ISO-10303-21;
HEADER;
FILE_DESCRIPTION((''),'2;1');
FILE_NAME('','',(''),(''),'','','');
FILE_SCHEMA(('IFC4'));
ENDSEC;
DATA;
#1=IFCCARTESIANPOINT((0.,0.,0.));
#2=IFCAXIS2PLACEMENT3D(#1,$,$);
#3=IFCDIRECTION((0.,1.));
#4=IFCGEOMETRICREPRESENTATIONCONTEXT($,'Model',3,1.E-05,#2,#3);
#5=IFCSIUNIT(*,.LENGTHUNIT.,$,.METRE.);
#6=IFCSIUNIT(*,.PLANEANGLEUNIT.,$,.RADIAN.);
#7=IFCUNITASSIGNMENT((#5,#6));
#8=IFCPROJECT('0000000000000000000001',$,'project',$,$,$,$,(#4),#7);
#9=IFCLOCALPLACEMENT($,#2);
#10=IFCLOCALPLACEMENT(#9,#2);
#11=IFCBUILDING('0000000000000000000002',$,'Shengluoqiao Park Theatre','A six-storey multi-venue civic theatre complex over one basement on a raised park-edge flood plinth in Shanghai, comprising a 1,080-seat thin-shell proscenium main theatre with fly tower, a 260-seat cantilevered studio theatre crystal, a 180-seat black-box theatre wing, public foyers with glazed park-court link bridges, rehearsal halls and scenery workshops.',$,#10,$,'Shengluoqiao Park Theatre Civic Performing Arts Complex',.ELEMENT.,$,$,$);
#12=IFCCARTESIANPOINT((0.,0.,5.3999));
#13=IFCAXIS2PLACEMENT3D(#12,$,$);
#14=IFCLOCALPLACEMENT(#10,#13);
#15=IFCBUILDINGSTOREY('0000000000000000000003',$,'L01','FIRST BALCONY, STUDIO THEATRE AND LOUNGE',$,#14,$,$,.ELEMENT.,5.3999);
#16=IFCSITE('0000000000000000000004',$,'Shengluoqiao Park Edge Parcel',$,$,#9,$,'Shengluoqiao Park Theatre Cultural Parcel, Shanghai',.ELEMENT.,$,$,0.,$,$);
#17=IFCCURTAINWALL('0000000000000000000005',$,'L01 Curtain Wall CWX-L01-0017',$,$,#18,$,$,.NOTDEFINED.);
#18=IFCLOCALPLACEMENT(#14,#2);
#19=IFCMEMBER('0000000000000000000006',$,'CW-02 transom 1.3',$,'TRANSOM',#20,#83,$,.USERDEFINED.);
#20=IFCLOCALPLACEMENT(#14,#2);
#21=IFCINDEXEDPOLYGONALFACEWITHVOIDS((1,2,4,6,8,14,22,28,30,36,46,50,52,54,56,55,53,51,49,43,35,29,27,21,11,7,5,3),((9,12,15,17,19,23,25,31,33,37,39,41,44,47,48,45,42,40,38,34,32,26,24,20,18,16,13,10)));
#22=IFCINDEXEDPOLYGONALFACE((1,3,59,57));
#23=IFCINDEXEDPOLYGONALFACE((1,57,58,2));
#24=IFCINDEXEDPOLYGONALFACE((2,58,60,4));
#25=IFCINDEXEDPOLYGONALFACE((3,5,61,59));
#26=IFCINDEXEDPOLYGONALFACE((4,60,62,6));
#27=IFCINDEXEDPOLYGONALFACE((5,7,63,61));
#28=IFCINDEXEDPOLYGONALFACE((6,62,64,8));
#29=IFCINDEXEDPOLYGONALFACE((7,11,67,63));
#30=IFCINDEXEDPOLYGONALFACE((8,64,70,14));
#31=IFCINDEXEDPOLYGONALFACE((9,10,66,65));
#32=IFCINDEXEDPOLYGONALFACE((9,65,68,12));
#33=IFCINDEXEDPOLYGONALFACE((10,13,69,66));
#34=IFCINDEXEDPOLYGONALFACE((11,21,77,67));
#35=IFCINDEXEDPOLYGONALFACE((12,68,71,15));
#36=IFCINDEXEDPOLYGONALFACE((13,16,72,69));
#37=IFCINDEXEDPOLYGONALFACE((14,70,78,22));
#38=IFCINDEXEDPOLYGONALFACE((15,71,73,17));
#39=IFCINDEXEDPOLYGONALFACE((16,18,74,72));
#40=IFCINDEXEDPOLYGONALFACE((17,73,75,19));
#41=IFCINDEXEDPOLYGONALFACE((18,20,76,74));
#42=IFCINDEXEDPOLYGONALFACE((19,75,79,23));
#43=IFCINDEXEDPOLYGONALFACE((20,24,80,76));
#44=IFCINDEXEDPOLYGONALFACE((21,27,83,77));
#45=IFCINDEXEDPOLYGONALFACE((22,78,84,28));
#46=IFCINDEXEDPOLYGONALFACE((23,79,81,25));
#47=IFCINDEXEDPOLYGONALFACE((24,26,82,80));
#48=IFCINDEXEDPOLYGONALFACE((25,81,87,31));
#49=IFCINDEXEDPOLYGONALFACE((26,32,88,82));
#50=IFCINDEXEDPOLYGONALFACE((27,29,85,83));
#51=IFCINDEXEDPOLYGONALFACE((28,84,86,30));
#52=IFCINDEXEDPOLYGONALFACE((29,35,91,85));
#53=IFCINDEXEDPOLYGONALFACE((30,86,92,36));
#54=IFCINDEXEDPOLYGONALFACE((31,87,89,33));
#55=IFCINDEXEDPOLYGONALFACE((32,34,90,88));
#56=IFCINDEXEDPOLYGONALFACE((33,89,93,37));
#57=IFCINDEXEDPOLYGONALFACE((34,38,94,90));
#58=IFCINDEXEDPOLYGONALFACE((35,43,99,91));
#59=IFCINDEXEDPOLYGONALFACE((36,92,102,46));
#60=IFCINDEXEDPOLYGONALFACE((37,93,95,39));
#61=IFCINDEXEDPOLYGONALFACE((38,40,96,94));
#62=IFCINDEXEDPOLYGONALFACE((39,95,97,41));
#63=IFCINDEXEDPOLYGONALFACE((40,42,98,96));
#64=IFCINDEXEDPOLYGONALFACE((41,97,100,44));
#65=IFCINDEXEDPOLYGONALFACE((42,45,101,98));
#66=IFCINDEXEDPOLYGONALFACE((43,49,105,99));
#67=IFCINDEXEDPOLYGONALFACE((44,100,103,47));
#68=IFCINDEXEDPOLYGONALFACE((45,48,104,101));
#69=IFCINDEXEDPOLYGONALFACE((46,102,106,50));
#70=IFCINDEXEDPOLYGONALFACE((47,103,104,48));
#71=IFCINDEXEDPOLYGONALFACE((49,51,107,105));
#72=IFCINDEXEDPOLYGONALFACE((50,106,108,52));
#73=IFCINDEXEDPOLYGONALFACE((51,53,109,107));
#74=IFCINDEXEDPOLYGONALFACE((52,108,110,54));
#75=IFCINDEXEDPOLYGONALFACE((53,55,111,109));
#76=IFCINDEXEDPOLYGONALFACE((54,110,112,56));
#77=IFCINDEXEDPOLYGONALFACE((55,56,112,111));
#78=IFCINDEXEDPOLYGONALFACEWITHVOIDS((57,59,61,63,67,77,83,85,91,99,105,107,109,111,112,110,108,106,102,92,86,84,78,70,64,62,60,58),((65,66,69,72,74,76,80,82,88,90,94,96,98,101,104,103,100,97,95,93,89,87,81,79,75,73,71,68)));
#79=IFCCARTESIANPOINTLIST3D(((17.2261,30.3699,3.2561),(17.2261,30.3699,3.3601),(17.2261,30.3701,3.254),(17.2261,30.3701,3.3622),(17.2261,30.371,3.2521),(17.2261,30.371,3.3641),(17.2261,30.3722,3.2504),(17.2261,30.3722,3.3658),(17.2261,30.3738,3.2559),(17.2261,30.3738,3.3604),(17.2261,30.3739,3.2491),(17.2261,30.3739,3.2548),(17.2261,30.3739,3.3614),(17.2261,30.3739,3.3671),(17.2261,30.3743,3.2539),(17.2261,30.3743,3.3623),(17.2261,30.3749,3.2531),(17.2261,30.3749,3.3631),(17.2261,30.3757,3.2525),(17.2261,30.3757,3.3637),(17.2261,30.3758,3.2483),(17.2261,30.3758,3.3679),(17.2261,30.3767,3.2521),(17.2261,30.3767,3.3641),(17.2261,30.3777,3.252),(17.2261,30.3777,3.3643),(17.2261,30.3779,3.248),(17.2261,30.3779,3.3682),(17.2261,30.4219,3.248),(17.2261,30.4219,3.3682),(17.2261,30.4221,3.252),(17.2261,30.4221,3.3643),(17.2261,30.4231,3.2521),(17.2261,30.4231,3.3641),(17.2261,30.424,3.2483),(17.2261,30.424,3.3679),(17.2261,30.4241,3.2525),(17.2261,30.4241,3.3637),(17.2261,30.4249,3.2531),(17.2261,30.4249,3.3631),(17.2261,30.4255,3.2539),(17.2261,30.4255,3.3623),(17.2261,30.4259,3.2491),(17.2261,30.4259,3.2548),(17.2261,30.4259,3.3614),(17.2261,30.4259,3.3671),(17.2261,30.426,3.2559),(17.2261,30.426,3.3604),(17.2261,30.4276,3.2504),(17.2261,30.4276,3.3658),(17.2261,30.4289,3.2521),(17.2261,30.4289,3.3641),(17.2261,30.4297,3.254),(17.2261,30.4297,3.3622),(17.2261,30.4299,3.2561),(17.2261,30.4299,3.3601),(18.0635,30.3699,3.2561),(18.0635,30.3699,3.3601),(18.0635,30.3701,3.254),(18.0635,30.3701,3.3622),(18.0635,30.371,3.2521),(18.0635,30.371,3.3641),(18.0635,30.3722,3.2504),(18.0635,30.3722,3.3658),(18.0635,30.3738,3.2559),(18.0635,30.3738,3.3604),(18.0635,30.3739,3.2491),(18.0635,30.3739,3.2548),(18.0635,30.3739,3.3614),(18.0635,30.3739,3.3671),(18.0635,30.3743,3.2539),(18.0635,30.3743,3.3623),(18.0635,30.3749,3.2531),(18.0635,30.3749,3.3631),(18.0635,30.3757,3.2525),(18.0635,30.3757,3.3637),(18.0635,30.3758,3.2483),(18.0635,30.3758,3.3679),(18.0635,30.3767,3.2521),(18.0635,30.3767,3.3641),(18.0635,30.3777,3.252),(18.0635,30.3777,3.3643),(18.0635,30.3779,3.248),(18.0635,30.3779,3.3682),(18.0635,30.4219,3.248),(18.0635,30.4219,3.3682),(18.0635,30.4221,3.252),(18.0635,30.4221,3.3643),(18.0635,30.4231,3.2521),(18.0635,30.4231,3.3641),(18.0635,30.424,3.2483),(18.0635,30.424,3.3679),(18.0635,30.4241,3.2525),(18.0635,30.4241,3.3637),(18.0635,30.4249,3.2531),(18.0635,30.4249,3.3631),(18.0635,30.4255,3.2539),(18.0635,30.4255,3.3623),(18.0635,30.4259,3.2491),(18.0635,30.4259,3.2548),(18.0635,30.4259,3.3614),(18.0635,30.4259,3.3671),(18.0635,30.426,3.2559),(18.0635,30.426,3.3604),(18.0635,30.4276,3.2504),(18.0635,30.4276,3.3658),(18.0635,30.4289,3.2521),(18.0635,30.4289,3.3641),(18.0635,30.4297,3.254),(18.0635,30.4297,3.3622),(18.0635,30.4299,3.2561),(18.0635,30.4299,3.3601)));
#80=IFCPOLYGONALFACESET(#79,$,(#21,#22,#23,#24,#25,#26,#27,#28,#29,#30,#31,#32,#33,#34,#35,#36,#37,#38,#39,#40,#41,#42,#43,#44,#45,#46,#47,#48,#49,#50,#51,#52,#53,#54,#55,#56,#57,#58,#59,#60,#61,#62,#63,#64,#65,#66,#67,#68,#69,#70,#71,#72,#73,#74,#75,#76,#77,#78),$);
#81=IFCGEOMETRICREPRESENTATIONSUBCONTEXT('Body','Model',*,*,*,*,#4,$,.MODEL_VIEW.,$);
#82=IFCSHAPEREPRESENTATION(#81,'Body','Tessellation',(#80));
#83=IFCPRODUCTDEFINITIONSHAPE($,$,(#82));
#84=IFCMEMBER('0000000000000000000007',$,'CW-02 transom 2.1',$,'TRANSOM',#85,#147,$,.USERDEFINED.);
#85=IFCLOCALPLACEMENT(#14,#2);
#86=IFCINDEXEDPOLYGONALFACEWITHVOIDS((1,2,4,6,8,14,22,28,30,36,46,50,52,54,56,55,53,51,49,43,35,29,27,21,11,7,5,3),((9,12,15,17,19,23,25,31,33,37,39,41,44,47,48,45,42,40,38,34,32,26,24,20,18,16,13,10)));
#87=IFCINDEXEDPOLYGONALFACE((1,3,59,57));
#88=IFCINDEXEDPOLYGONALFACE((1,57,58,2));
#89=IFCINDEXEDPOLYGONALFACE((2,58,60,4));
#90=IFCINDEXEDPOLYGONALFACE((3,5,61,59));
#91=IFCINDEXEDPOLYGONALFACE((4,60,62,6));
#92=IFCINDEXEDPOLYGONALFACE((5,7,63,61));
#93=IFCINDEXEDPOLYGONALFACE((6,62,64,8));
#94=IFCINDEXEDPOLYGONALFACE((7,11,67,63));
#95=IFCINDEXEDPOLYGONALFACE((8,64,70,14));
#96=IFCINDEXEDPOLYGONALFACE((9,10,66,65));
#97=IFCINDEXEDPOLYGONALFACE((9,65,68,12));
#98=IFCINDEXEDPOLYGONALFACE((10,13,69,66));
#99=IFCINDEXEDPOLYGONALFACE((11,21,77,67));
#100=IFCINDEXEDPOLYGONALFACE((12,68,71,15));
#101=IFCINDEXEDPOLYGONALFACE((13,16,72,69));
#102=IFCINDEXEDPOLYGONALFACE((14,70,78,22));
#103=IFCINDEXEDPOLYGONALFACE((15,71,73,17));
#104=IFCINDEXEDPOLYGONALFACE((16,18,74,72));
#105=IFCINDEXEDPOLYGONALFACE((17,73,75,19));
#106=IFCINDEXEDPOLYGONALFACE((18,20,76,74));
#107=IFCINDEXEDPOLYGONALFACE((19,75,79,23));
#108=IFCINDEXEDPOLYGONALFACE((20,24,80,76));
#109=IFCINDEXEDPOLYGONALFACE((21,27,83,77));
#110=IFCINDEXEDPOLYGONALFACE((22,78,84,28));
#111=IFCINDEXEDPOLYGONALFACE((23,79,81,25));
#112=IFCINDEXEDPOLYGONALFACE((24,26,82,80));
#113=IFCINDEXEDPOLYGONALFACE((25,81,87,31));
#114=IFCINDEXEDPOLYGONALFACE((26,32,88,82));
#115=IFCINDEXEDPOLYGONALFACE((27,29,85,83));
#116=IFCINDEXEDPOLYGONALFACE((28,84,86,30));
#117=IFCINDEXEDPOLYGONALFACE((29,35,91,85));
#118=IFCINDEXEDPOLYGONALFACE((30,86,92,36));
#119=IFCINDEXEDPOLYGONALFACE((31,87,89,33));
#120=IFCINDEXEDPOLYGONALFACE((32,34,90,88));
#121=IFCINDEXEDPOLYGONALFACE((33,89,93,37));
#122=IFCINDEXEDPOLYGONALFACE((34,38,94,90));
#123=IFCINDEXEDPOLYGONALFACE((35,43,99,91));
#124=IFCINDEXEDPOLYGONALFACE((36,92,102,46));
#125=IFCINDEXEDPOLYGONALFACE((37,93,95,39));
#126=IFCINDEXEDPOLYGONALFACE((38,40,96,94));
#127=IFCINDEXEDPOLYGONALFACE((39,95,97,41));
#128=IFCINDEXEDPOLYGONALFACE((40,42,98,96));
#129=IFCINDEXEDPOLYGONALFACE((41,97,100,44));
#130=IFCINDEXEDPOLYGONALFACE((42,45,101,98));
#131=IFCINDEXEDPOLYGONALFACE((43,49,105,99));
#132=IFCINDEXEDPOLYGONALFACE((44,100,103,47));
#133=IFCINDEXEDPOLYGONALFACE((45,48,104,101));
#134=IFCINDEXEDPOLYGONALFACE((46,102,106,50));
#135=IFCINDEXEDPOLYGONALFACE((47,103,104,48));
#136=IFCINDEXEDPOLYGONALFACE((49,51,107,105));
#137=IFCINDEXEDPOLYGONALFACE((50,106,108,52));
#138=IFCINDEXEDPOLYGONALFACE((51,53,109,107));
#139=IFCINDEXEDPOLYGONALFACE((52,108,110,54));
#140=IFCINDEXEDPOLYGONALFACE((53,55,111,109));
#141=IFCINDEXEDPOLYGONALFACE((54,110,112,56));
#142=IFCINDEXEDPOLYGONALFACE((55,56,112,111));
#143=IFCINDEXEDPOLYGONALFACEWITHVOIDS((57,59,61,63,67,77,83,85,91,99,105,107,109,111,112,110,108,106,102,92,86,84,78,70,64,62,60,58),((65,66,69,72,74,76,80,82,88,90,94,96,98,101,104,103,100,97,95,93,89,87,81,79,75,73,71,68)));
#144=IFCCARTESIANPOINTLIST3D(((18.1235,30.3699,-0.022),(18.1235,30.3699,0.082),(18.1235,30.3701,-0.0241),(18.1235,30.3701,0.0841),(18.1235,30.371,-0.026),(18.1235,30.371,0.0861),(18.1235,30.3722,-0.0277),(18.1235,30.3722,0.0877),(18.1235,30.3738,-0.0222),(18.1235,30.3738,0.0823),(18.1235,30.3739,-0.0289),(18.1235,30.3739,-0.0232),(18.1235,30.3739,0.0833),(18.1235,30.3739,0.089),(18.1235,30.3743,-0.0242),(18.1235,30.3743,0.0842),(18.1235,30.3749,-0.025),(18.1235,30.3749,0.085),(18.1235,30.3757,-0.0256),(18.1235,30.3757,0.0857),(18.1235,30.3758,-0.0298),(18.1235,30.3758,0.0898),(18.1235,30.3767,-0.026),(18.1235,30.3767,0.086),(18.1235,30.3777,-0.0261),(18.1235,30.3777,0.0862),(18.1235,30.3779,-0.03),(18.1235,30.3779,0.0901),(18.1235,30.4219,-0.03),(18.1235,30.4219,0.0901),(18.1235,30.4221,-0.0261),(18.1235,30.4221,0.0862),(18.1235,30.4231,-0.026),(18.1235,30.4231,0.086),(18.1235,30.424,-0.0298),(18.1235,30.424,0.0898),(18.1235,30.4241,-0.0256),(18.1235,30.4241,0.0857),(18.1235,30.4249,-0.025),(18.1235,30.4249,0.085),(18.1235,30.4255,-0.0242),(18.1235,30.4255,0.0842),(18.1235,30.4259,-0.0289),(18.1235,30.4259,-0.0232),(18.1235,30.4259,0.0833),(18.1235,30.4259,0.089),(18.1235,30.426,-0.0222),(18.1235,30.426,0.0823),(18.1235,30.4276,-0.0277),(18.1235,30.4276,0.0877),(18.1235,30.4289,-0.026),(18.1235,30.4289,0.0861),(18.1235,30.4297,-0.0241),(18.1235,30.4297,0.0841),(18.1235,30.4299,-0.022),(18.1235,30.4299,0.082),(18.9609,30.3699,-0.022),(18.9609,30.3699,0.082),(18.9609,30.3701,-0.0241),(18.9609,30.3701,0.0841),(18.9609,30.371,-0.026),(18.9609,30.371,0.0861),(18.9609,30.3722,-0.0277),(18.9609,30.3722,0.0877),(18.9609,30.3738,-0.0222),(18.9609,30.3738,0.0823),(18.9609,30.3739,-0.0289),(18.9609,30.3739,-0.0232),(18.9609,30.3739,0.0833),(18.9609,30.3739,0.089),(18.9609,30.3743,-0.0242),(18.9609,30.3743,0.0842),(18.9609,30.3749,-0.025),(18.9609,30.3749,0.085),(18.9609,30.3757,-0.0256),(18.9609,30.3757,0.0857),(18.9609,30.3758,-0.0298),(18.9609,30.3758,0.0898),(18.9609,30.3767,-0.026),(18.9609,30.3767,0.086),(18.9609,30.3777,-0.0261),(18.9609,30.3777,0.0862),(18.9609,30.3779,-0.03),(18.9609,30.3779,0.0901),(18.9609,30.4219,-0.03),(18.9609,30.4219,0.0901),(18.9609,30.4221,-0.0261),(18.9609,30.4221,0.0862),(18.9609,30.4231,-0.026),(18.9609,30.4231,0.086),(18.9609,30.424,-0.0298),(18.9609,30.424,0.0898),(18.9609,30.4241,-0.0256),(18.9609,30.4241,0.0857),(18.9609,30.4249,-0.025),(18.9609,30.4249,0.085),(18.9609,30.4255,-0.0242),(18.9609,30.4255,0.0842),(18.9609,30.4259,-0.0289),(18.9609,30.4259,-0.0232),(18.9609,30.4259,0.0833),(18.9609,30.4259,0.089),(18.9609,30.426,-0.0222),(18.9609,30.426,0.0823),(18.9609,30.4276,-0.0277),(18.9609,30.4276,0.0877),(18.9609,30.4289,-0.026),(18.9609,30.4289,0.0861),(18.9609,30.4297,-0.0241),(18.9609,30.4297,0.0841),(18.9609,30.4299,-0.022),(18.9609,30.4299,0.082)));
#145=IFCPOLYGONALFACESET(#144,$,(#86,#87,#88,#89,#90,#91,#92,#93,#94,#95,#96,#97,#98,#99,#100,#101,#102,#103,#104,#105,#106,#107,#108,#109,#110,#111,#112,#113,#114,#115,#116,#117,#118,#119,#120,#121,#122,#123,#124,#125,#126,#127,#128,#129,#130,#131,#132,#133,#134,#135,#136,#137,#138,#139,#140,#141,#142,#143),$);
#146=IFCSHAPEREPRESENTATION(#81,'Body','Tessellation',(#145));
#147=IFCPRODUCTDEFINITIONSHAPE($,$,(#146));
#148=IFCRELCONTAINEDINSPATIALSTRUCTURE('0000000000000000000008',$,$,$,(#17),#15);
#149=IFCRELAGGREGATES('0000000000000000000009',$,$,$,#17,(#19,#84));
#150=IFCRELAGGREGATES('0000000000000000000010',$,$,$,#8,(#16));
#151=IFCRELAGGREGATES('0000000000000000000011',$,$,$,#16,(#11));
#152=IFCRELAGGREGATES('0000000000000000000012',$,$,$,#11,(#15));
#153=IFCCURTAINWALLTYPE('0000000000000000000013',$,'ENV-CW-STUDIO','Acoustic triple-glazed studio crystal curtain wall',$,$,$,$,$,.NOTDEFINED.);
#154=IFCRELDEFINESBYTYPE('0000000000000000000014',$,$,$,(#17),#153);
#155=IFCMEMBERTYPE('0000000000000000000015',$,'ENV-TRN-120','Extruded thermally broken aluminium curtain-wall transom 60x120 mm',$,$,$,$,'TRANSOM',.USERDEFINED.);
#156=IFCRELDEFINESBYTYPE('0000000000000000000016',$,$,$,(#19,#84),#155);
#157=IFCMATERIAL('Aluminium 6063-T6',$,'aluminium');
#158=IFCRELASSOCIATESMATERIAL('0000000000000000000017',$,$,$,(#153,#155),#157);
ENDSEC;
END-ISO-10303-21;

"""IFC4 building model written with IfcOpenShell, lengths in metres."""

from ifc_helpers import new_model, si_unit, direction, frame, origin, origin_2d, place, context, subcontext, project, spatial, hollow_rectangle, extrude, material, material_profile, profile_set, type_object, element, aggregate, save


model = new_model("IFC4")

# Units and contexts
model_context = context("Model", 3, precision=1e-05, world=origin(), true_north=direction((0.0, 1.0)))
body_context = subcontext(model_context, "Body", "Model", "MODEL_VIEW")
ifc_project = project(units=[si_unit("LENGTHUNIT", "METRE"), si_unit("PLANEANGLEUNIT", "RADIAN")], contexts=[model_context])

# Site, building, storey
site_placement = place(None, origin())
site = spatial("IfcSite", under=ifc_project, at=site_placement, Name="Shengluoqiao Park Edge Parcel", LongName="Shengluoqiao Park Theatre Cultural Parcel, Shanghai", CompositionType="ELEMENT", RefElevation=0.0)
building_placement = place(site_placement, origin())
building = spatial("IfcBuilding", under=site, at=building_placement, Name="Shengluoqiao Park Theatre", Description="A six-storey multi-venue civic theatre complex over one basement on a raised park-edge flood plinth in Shanghai, comprising a 1,080-seat thin-shell proscenium main theatre with fly tower, a 260-seat cantilevered studio theatre crystal, a 180-seat black-box theatre wing, public foyers with glazed park-court link bridges, rehearsal halls and scenery workshops.", LongName="Shengluoqiao Park Theatre Civic Performing Arts Complex", CompositionType="ELEMENT")
storey_placement = place(building_placement, frame((0.0, 0.0, 5.3999)))
storey = spatial("IfcBuildingStorey", under=building, at=storey_placement, Name="L01", Description="FIRST BALCONY, STUDIO THEATRE AND LOUNGE", CompositionType="ELEMENT", Elevation=5.3999)

# Curtain wall
ifc_material_1 = material(Name="Aluminium 6063-T6", Category="aluminium")
curtain_wall_type = type_object("IfcCurtainWallType", Name="ENV-CW-STUDIO", Description="Acoustic triple-glazed studio crystal curtain wall", PredefinedType="NOTDEFINED", material=ifc_material_1)
curtain_wall_1_placement = place(storey_placement, origin())
curtain_wall_1 = element("IfcCurtainWall", 1, at=curtain_wall_1_placement, inside=storey, type_object=curtain_wall_type, Name="L01 Curtain Wall CWX-L01-0017", PredefinedType="NOTDEFINED")

# Members
ifc_material_profile_1 = material_profile(ifc_material_1, hollow_rectangle(XDim=0.0601, YDim=0.1201, WallThickness=0.0039, InnerFilletRadius=0.0039, OuterFilletRadius=0.0081, at=origin_2d()), Name="ALU TRANSOM 120x60x4")
ifc_profile_set_1 = profile_set([ifc_material_profile_1], Name="Aluminium 6063-T6")
member_type_1 = type_object("IfcMemberType", Name="ENV-TRN-120", Description="Extruded thermally broken aluminium curtain-wall transom 60x120 mm", ElementType="TRANSOM", PredefinedType="USERDEFINED", material=ifc_profile_set_1)
member_1_placement = place(storey_placement, frame((17.2261, 30.3999, 3.3081), z_axis=(1.0, 0.0, 0.0), x_axis=(0.0, 1.0, 0.0)))
member_1 = element("IfcMember", 2, at=member_1_placement, type_object=member_type_1, Name="CW-02 transom 1.3", ObjectType="TRANSOM", PredefinedType="USERDEFINED", context=body_context, shape_type="SweptSolid", body=[
    extrude(hollow_rectangle(XDim=0.0601, YDim=0.1201, WallThickness=0.0039, InnerFilletRadius=0.0039, OuterFilletRadius=0.0081, at=origin_2d()), origin(), (0.0, 0.0, 1.0), 0.8374),
])
member_2_placement = place(storey_placement, frame((18.1235, 30.3999, 0.03), z_axis=(1.0, 0.0, 0.0), x_axis=(0.0, 1.0, 0.0)))
member_2 = element("IfcMember", 3, at=member_2_placement, type_object=member_type_1, Name="CW-02 transom 2.1", ObjectType="TRANSOM", PredefinedType="USERDEFINED", context=body_context, shape_type="SweptSolid", body=[
    extrude(hollow_rectangle(XDim=0.0601, YDim=0.1201, WallThickness=0.0039, InnerFilletRadius=0.0039, OuterFilletRadius=0.0081, at=origin_2d()), origin(), (0.0, 0.0, 1.0), 0.8374),
])

aggregate(curtain_wall_1, [member_1, member_2])

save(model, "model.ifc")
